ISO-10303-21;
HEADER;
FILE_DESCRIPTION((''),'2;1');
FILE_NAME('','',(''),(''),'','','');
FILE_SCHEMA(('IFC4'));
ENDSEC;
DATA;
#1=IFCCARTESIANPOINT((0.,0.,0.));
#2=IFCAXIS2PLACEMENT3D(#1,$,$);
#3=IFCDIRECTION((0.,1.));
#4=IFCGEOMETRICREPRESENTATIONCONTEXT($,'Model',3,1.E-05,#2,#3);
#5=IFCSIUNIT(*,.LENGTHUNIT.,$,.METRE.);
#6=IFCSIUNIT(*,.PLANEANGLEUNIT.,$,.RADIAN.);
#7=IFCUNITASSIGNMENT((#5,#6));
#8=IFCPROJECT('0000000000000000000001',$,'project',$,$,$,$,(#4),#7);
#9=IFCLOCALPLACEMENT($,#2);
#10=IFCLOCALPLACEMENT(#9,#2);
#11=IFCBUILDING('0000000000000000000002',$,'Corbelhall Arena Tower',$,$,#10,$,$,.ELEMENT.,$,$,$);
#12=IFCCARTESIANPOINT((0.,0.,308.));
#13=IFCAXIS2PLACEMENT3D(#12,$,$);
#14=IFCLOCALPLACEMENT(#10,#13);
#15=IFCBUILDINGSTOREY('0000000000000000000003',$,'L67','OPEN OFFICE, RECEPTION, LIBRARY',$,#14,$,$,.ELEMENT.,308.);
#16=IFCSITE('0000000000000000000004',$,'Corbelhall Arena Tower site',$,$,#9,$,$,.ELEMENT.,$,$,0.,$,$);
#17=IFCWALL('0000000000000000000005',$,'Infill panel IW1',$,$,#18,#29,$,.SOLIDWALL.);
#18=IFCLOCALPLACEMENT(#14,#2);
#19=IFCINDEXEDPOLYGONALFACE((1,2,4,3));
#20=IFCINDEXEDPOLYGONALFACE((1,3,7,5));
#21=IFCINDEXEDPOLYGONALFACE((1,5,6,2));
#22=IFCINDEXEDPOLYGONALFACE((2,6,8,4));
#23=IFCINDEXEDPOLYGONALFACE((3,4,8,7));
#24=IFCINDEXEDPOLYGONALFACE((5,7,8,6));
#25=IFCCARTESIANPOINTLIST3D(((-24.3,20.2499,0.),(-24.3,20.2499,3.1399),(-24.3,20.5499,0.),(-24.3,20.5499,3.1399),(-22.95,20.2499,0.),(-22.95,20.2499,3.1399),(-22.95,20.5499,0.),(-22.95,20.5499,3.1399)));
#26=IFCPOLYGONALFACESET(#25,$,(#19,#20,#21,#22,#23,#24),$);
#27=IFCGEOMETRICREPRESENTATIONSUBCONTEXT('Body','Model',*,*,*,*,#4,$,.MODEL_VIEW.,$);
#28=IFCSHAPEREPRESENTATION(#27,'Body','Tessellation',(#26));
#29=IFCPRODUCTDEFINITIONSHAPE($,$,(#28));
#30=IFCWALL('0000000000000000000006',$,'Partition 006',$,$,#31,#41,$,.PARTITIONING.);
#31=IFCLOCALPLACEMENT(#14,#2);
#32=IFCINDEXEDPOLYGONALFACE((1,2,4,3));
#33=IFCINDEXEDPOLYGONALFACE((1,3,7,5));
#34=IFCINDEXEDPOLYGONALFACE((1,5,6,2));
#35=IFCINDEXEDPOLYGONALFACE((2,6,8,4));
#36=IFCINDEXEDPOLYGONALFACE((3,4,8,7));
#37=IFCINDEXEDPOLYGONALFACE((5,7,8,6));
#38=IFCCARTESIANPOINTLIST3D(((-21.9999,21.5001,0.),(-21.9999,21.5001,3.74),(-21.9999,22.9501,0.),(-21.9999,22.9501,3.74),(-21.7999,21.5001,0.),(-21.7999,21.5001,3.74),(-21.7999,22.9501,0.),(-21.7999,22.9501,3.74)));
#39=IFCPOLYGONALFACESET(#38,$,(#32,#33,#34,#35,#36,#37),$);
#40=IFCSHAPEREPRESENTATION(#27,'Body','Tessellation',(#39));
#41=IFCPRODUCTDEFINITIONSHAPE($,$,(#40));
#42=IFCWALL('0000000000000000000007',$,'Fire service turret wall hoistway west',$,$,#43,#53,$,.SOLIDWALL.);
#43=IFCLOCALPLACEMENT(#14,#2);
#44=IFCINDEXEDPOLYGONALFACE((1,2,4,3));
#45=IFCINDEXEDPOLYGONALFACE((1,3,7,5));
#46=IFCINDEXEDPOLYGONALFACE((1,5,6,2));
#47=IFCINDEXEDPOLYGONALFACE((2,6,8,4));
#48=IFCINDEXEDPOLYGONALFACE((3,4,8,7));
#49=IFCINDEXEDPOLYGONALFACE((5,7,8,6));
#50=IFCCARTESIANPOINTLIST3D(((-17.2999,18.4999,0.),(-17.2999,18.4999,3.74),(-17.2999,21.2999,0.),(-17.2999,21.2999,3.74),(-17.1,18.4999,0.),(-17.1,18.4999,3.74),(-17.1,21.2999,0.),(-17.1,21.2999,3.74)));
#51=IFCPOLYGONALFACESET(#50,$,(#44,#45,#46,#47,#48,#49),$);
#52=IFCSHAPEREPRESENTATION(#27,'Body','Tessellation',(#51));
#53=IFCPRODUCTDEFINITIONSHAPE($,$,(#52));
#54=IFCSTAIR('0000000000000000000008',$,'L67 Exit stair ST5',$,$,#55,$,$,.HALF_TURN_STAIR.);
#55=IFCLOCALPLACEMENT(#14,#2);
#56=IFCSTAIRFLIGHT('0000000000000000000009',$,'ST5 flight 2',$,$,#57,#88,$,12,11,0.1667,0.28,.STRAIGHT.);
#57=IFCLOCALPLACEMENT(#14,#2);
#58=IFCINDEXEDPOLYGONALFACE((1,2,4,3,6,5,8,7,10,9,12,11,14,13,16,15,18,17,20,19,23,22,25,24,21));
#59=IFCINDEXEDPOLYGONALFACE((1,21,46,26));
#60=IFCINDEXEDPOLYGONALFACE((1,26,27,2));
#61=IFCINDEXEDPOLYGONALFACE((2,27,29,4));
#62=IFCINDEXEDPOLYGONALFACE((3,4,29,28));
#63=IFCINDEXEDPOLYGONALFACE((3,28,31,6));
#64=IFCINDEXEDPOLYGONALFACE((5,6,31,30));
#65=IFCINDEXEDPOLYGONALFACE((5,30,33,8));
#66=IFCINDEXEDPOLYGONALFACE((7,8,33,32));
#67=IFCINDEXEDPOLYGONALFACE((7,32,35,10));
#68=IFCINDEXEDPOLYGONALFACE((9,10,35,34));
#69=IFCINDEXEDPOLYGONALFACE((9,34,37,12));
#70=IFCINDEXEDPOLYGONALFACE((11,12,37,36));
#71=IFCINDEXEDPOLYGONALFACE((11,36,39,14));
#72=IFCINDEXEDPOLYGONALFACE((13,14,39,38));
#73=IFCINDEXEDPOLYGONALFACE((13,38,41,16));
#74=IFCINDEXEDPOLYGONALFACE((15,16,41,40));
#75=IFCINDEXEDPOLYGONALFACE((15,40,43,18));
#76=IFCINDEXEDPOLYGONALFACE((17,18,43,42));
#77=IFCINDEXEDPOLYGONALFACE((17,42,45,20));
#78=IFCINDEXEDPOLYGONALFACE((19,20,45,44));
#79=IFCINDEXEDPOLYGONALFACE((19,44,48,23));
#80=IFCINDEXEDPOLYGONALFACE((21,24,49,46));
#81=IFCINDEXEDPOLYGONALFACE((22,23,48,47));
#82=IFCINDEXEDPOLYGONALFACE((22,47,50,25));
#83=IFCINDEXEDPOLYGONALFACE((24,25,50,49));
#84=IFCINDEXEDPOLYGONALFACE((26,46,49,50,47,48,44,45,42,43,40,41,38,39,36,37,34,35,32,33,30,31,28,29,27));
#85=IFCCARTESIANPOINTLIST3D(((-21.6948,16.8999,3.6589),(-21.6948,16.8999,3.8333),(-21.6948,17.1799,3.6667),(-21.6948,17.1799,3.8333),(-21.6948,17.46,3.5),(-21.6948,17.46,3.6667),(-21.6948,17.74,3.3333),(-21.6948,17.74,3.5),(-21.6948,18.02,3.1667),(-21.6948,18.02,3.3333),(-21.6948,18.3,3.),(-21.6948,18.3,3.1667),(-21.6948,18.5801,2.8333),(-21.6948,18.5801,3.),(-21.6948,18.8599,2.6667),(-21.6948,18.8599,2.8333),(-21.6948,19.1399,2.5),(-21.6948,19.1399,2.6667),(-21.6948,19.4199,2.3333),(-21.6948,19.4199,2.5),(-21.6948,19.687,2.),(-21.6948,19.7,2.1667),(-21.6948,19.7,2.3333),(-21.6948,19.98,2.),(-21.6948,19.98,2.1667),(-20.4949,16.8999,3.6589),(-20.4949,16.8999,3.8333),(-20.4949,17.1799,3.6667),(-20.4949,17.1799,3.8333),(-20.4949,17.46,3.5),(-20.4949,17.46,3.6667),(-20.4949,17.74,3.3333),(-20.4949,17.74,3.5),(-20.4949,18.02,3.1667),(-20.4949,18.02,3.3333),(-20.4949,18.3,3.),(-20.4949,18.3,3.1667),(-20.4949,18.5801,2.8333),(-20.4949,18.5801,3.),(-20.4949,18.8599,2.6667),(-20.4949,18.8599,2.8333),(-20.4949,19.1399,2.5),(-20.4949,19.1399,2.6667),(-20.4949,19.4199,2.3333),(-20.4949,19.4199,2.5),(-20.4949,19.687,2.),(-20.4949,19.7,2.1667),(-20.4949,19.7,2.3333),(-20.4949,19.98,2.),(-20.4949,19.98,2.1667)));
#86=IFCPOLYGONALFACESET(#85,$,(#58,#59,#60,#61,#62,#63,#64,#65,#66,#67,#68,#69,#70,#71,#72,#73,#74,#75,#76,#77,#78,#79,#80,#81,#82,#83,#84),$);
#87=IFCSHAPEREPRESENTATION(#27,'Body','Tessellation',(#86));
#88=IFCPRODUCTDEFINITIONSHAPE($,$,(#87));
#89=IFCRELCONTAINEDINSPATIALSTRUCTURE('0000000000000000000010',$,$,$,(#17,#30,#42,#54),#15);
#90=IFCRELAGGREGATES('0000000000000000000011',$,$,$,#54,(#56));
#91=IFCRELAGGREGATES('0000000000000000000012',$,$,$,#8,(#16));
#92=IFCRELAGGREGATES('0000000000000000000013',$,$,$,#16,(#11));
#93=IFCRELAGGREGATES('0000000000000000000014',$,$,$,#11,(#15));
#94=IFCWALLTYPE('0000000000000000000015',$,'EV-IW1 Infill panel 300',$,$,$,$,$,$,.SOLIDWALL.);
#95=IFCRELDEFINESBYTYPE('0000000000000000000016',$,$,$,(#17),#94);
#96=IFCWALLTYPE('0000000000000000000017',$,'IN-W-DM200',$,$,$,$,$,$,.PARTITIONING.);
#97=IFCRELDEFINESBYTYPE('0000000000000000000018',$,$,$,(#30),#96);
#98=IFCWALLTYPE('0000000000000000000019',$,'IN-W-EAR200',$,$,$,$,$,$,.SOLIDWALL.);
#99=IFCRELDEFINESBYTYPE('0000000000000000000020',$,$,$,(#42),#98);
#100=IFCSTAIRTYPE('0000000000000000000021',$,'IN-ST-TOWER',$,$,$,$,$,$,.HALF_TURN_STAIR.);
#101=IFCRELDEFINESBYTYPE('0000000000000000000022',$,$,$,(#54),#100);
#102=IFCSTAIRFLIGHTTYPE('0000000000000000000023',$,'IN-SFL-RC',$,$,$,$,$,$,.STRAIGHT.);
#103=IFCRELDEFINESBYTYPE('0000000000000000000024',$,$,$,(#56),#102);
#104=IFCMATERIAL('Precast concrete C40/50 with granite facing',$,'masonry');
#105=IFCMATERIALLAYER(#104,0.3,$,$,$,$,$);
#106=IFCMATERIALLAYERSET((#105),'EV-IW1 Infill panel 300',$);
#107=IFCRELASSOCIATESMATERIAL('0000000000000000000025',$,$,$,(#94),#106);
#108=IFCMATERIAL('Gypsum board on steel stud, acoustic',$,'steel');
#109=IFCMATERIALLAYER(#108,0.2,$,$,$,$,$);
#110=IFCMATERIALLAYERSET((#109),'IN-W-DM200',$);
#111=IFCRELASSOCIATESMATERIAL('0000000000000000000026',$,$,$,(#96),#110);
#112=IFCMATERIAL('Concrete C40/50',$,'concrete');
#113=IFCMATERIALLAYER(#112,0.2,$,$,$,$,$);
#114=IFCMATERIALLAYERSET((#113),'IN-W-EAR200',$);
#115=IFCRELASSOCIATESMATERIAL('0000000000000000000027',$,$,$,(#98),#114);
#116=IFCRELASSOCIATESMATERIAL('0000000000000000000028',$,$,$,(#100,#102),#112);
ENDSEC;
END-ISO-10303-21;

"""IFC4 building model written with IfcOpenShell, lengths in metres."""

from ifc_helpers import new_model, si_unit, direction, frame, frame_2d, origin, place, context, subcontext, project, spatial, polyline, rectangle, outline, extrude, material, layer, layer_set, type_object, element, aggregate, save


model = new_model("IFC4")

# Units and contexts
model_context = context("Model", 3, precision=1e-05, world=origin(), true_north=direction((0.0, 1.0)))
body_context = subcontext(model_context, "Body", "Model", "MODEL_VIEW")
ifc_project = project(units=[si_unit("LENGTHUNIT", "METRE"), si_unit("PLANEANGLEUNIT", "RADIAN")], contexts=[model_context])

# Site, building, storey
site_placement = place(None, origin())
site = spatial("IfcSite", under=ifc_project, at=site_placement, Name="Corbelhall Arena Tower site", CompositionType="ELEMENT", RefElevation=0.0)
building_placement = place(site_placement, origin())
building = spatial("IfcBuilding", under=site, at=building_placement, Name="Corbelhall Arena Tower", CompositionType="ELEMENT")
storey_placement = place(building_placement, frame((0.0, 0.0, 308.0)))
storey = spatial("IfcBuildingStorey", under=building, at=storey_placement, Name="L67", Description="OPEN OFFICE, RECEPTION, LIBRARY", CompositionType="ELEMENT", Elevation=308.0)

# Shared definitions
ifc_material_1 = material(Name="Precast concrete C40/50 with granite facing", Category="masonry")
ifc_layer_1 = layer(ifc_material_1, 0.3)
ifc_layer_set_1 = layer_set([ifc_layer_1], Name="EV-IW1 Infill panel 300")
wall_type_1 = type_object("IfcWallType", Name="EV-IW1 Infill panel 300", PredefinedType="SOLIDWALL", material=ifc_layer_set_1)

# Walls
wall_1_placement = place(storey_placement, frame((-22.95, 20.3999, 0.0), z_axis=(0.0, 0.0, 1.0), x_axis=(-1.0, 0.0, 0.0)))
element("IfcWall", 1, at=wall_1_placement, inside=storey, type_object=wall_type_1, Name="Infill panel IW1", PredefinedType="SOLIDWALL", context=body_context, shape_type="SweptSolid", body=[
    extrude(rectangle(XDim=1.3501, YDim=0.3, at=frame_2d((0.675, 0.0))), origin(), (0.0, 0.0, 1.0), 3.1399),
])
ifc_material_2 = material(Name="Gypsum board on steel stud, acoustic", Category="steel")
ifc_layer_2 = layer(ifc_material_2, 0.2)
ifc_layer_set_2 = layer_set([ifc_layer_2], Name="IN-W-DM200")
wall_type_2 = type_object("IfcWallType", Name="IN-W-DM200", PredefinedType="PARTITIONING", material=ifc_layer_set_2)
wall_2_placement = place(storey_placement, frame((-21.8999, 21.5, 0.0), z_axis=(0.0, 0.0, 1.0), x_axis=(0.0, 1.0, 0.0)))
element("IfcWall", 2, at=wall_2_placement, inside=storey, type_object=wall_type_2, Name="Partition 006", PredefinedType="PARTITIONING", context=body_context, shape_type="SweptSolid", body=[
    extrude(rectangle(XDim=1.45, YDim=0.2, at=frame_2d((0.7251, 0.0))), origin(), (0.0, 0.0, 1.0), 3.74),
])

# Shared definitions
ifc_material_3 = material(Name="Concrete C40/50", Category="concrete")
ifc_layer_3 = layer(ifc_material_3, 0.2)
ifc_layer_set_3 = layer_set([ifc_layer_3], Name="IN-W-EAR200")
wall_type_3 = type_object("IfcWallType", Name="IN-W-EAR200", PredefinedType="SOLIDWALL", material=ifc_layer_set_3)

# Wall
wall_3_placement = place(storey_placement, frame((-17.2, 18.5, 0.0), z_axis=(0.0, 0.0, 1.0), x_axis=(0.0, 1.0, 0.0)))
element("IfcWall", 3, at=wall_3_placement, inside=storey, type_object=wall_type_3, Name="Fire service turret wall hoistway west", PredefinedType="SOLIDWALL", context=body_context, shape_type="SweptSolid", body=[
    extrude(rectangle(XDim=2.8, YDim=0.2, at=frame_2d((1.3999, 0.0))), origin(), (0.0, 0.0, 1.0), 3.74),
])

# Stair, stair flight
stair_type = type_object("IfcStairType", Name="IN-ST-TOWER", PredefinedType="HALF_TURN_STAIR", material=ifc_material_3)
stair_placement = place(storey_placement, origin())
stair = element("IfcStair", 4, at=stair_placement, inside=storey, type_object=stair_type, Name="L67 Exit stair ST5", PredefinedType="HALF_TURN_STAIR")
stair_flight_type = type_object("IfcStairFlightType", Name="IN-SFL-RC", PredefinedType="STRAIGHT", material=ifc_material_3)
stair_flight_placement = place(storey_placement, frame((-21.095, 19.98, 2.0), z_axis=(0.0, 0.0, 1.0), x_axis=(0.0, -1.0, 0.0)))
stair_flight = element("IfcStairFlight", 5, at=stair_flight_placement, type_object=stair_flight_type, Name="ST5 flight 2", NumberOfRisers=12, NumberOfTreads=11, PredefinedType="STRAIGHT", RiserHeight=0.1667, TreadLength=0.28, context=body_context, shape_type="SweptSolid", body=[
    extrude(outline(polyline([(0.0, 0.0), (0.0, 0.1667), (0.28, 0.1667), (0.28, 0.3333), (0.5601, 0.3333), (0.5601, 0.5), (0.8401, 0.5), (0.8401, 0.6667), (1.1201, 0.6667), (1.1201, 0.8333), (1.3999, 0.8333), (1.3999, 1.0), (1.6799, 1.0), (1.6799, 1.1667), (1.96, 1.1667), (1.96, 1.3333), (2.24, 1.3333), (2.24, 1.5), (2.52, 1.5), (2.52, 1.6667), (2.8, 1.6667), (2.8, 1.8333), (3.0801, 1.8333), (3.0801, 2.0), (3.0801, 1.6589), (0.293, 0.0), (0.0, 0.0)])), frame((0.0, 0.6001, 0.0), z_axis=(0.0, -1.0, 0.0), x_axis=(1.0, 0.0, 0.0)), (0.0, 0.0, 1.0), 1.2),
])
aggregate(stair, [stair_flight])

save(model, "model.ifc")
